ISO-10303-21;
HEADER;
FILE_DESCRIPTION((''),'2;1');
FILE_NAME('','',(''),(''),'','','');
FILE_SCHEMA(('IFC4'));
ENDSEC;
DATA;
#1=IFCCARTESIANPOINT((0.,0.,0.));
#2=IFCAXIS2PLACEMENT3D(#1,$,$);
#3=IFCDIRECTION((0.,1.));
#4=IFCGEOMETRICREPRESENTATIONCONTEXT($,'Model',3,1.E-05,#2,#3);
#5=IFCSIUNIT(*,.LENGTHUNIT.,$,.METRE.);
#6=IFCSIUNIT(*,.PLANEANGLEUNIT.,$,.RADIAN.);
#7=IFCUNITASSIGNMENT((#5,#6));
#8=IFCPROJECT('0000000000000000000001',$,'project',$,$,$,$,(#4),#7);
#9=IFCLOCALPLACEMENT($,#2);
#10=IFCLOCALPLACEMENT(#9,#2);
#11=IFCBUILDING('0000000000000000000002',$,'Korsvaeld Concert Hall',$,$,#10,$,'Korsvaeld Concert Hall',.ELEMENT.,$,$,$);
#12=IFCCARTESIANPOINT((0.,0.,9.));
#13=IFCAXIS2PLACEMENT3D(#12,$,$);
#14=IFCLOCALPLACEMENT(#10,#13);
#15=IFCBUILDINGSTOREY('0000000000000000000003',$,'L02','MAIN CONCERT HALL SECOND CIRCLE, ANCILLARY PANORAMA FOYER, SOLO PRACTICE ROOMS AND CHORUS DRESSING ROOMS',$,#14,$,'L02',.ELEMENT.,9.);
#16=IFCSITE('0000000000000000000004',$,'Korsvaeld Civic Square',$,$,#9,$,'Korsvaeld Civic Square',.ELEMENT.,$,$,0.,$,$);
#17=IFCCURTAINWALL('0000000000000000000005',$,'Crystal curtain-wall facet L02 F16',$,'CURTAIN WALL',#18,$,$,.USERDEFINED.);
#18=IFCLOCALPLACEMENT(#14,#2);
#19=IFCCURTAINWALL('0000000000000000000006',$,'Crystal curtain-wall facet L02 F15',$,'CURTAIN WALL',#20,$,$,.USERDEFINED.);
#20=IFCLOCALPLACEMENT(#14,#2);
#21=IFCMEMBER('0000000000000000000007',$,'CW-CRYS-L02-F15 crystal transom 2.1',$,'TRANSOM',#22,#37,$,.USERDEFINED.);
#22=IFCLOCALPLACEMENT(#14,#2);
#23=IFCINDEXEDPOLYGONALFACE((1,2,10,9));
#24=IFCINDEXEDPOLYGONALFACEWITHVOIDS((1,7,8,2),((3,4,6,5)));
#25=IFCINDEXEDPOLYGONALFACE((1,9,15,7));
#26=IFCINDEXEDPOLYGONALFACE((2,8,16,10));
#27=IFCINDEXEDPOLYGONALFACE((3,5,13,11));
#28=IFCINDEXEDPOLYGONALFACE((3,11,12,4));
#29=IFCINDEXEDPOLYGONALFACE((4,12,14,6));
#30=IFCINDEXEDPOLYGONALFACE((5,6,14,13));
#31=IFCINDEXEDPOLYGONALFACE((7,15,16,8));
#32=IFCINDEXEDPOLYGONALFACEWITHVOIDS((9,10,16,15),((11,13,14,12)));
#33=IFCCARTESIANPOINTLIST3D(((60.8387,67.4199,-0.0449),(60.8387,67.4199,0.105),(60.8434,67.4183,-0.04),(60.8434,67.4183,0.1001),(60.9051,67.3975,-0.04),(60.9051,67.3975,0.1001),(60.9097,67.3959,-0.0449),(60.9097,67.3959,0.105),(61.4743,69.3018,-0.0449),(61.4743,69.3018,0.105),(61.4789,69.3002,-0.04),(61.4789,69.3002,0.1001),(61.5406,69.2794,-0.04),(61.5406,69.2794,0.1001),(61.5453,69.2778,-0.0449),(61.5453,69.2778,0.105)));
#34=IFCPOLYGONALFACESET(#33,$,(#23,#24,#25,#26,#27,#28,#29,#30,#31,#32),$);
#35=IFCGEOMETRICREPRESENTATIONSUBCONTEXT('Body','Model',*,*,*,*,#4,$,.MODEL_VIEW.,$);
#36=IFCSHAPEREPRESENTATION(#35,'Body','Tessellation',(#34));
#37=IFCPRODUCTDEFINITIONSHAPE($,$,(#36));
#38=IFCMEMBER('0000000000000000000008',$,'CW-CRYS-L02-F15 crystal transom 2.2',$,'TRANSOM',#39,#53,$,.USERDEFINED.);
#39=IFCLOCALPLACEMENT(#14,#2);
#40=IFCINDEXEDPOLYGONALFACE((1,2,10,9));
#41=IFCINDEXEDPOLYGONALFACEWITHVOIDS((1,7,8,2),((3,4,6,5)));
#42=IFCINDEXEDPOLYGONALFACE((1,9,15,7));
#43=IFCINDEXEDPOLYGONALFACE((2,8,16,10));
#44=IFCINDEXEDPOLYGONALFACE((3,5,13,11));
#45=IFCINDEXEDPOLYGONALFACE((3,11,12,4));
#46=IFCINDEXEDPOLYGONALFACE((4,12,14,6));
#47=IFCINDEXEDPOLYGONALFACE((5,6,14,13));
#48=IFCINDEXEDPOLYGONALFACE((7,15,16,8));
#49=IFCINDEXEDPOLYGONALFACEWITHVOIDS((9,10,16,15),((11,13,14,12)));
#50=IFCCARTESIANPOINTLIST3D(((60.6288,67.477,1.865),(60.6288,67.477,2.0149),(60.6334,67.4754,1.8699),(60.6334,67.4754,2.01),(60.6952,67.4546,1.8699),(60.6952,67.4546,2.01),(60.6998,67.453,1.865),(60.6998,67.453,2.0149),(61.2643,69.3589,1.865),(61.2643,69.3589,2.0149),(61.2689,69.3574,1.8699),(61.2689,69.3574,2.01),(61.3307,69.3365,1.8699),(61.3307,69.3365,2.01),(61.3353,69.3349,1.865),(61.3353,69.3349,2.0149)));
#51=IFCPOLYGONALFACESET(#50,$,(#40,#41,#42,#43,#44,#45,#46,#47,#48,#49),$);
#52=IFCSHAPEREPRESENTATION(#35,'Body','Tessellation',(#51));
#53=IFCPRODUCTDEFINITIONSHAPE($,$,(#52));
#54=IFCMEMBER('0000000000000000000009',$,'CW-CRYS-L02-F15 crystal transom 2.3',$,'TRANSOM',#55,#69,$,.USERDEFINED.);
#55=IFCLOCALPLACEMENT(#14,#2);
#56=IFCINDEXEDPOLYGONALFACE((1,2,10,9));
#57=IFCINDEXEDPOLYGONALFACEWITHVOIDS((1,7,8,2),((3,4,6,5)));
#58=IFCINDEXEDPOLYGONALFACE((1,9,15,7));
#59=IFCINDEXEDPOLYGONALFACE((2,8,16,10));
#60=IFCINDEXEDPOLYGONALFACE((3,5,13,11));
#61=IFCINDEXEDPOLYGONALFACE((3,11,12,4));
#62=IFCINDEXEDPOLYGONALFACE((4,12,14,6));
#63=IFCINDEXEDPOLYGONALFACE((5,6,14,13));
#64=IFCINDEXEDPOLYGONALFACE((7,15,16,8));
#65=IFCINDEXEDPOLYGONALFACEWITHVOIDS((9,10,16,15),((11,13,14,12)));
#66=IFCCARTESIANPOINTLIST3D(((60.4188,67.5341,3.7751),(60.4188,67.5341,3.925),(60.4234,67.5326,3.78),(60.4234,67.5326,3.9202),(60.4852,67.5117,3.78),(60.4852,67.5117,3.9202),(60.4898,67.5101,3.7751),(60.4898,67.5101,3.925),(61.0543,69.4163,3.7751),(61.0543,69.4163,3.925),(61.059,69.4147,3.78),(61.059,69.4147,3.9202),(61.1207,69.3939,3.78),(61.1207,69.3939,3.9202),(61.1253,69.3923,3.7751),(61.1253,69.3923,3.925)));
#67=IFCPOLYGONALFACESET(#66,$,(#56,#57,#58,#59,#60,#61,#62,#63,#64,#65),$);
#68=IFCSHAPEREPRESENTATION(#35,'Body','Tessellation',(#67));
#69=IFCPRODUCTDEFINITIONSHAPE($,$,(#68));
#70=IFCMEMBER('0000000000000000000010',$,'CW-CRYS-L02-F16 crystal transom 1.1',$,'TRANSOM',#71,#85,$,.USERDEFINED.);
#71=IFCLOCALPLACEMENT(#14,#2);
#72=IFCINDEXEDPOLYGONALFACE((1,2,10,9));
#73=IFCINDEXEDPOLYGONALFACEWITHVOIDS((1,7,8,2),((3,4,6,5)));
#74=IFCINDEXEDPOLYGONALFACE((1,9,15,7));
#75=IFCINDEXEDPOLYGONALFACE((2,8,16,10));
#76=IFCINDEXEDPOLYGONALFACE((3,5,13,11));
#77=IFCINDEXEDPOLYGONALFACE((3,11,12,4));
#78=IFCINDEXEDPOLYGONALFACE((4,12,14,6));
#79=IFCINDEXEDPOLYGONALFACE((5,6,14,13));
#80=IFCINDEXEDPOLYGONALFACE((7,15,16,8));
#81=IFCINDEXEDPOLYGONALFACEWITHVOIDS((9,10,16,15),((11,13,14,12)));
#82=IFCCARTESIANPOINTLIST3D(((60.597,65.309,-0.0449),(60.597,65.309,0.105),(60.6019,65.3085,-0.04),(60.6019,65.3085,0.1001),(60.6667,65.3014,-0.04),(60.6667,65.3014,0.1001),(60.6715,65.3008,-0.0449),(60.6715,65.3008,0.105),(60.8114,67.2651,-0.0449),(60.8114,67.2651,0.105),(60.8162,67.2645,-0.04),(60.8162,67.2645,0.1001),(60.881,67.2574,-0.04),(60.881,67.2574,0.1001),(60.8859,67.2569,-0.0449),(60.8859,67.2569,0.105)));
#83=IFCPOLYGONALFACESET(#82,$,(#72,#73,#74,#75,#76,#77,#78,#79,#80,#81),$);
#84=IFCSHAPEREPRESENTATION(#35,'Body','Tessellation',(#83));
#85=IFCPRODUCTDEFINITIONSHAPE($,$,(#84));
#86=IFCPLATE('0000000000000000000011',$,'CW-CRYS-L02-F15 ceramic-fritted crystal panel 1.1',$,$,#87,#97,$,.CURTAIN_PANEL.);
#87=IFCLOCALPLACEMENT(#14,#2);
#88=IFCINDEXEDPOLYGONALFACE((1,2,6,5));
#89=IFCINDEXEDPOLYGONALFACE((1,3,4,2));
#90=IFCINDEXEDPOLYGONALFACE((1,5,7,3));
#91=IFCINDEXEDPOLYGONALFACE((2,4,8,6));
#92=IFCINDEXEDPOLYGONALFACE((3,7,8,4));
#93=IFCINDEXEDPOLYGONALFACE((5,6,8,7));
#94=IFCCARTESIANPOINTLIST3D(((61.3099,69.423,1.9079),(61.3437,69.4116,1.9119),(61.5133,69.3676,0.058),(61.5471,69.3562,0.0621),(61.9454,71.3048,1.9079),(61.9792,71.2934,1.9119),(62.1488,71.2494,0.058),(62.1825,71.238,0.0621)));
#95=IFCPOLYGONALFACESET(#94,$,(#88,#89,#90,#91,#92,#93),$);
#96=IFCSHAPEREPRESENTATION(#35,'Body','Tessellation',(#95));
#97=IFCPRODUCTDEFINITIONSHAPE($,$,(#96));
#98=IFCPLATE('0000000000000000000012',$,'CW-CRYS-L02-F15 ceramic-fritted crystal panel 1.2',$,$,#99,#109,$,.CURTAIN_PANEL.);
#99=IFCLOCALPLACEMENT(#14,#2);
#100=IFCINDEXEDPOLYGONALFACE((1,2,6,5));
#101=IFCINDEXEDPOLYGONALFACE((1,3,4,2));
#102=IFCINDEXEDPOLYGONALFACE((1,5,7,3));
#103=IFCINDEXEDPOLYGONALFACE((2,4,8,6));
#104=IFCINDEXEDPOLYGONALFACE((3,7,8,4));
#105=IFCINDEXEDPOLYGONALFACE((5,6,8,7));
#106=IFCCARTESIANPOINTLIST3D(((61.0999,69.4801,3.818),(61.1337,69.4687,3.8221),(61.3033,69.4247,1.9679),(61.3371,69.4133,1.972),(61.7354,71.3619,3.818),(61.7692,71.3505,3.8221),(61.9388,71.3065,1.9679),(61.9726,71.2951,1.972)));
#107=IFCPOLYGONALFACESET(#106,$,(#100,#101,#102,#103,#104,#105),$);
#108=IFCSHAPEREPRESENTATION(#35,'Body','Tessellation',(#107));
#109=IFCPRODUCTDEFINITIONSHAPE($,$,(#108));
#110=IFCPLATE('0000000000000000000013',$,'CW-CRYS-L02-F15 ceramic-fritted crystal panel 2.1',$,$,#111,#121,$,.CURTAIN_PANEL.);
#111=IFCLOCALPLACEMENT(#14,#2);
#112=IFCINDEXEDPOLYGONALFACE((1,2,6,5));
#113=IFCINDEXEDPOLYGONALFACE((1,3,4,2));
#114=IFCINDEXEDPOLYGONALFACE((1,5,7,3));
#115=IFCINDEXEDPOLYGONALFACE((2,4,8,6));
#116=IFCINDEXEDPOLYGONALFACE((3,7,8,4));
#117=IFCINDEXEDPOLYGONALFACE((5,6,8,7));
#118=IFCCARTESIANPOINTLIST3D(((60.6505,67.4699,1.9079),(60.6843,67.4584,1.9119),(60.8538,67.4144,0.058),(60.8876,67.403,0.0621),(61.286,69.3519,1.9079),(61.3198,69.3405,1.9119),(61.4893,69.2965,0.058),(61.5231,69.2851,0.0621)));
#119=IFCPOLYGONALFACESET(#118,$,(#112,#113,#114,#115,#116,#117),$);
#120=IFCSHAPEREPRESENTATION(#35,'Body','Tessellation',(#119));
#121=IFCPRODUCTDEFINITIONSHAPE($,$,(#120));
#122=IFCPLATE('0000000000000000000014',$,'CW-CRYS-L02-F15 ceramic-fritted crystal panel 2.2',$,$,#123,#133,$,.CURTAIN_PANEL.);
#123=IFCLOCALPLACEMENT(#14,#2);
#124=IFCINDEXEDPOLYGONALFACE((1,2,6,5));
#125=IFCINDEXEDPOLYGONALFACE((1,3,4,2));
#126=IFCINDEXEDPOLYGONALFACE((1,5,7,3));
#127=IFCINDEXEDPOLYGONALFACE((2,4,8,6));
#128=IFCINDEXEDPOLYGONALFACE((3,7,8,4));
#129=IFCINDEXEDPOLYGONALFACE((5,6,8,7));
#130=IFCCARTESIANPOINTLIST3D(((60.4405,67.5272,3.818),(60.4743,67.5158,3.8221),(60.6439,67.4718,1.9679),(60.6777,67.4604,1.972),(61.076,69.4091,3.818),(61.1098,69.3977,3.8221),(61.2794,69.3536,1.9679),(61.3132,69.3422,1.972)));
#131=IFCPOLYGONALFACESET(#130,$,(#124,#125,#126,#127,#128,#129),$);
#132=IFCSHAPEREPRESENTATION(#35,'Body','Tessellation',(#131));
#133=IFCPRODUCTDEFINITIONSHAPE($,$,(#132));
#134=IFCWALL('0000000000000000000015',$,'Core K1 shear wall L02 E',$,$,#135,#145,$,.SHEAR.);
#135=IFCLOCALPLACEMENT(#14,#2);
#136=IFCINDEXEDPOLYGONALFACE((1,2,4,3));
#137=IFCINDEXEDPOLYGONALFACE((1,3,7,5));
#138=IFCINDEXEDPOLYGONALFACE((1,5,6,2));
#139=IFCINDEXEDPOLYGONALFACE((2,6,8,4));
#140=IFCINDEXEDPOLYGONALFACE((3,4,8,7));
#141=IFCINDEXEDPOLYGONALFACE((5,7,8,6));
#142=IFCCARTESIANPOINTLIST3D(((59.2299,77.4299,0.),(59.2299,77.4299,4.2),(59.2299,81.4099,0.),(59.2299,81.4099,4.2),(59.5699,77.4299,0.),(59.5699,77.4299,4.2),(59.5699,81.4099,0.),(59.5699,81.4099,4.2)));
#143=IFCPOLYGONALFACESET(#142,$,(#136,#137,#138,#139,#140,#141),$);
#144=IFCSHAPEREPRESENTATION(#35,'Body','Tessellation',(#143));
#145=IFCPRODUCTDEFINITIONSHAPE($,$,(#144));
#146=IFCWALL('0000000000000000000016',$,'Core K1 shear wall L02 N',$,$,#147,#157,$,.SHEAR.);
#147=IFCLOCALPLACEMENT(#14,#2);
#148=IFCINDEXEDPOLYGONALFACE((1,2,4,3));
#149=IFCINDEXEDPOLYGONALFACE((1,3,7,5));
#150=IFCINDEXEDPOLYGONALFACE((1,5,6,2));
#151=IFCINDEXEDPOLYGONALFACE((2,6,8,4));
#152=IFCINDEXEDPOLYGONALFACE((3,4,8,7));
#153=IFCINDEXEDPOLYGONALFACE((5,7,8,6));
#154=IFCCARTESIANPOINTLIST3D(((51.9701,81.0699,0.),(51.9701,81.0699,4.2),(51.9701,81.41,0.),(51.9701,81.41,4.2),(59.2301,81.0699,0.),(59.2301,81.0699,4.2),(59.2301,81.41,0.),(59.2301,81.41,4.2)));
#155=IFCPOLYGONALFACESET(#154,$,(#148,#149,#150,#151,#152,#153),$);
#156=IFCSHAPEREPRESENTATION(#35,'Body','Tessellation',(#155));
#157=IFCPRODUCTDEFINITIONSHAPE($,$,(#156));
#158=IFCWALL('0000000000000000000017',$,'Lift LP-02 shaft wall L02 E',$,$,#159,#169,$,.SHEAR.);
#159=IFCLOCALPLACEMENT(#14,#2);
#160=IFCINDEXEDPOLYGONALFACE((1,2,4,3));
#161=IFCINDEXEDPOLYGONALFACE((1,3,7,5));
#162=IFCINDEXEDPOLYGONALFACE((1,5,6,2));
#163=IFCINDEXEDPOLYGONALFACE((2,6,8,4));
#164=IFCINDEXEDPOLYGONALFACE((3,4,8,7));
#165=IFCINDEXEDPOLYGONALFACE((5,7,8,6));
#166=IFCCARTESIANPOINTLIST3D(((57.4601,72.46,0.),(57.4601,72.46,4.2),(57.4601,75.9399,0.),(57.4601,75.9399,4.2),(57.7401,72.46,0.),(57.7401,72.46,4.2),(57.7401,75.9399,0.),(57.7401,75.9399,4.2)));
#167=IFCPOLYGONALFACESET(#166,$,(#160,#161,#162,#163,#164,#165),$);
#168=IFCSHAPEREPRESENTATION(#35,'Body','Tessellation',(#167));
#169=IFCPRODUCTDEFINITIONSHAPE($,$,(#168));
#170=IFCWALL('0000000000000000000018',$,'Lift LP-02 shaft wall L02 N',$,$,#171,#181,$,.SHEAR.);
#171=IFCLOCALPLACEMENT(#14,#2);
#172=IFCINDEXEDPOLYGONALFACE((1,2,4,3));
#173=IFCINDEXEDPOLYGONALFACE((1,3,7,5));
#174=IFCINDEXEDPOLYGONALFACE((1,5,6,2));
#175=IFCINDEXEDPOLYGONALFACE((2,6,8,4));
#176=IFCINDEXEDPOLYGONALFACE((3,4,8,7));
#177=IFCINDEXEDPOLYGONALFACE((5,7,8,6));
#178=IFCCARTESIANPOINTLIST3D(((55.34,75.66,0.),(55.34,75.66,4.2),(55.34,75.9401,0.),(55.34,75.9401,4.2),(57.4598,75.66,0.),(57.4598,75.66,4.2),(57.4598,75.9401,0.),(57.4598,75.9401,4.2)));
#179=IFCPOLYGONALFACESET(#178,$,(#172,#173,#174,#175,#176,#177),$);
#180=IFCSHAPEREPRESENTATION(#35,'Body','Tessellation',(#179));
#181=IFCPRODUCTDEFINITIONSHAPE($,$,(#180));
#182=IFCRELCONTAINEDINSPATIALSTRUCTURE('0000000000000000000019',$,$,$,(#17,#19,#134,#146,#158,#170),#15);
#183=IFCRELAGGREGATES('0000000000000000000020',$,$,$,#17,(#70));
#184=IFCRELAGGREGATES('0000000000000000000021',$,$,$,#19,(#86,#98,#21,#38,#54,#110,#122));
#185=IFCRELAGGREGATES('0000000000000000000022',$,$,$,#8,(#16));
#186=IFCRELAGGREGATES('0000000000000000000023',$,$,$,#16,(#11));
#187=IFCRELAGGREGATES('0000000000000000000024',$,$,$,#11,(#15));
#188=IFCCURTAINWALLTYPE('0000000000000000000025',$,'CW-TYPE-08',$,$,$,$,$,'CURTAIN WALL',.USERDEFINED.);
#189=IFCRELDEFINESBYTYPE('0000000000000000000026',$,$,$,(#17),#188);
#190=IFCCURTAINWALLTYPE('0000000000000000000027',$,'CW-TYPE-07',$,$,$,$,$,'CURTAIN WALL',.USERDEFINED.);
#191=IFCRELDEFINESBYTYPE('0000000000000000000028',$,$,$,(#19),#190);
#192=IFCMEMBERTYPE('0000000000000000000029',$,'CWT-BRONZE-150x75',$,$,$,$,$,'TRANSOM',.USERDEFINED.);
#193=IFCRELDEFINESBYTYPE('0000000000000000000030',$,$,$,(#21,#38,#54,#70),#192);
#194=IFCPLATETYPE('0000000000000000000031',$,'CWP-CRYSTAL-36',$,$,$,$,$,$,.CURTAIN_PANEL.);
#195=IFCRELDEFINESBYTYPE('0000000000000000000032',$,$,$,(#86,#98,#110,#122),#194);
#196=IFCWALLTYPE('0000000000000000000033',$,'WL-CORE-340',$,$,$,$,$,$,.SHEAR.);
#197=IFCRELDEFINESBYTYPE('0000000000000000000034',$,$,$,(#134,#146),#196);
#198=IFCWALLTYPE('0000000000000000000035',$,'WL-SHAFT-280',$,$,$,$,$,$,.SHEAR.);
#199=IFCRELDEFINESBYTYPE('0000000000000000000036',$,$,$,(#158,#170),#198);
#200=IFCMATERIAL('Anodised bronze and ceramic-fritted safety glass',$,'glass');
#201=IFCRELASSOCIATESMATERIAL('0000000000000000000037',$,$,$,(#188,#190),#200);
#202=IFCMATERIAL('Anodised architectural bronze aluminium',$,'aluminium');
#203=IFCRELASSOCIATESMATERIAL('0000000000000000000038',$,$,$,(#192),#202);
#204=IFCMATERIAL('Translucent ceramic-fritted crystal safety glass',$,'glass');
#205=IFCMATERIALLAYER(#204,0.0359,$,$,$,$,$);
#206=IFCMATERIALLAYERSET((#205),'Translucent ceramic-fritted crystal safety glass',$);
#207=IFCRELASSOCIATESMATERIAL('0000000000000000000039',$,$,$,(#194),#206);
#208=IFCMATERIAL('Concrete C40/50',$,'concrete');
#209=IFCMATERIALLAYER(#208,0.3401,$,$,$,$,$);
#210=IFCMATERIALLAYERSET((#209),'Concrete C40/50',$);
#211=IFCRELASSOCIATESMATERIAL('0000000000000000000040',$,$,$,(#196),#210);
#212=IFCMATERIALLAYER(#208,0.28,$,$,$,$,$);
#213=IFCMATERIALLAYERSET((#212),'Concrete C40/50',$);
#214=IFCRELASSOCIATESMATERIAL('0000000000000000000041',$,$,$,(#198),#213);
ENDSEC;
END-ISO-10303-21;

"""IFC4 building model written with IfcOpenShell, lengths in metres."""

from ifc_helpers import new_model, si_unit, direction, frame, frame_2d, origin, origin_2d, place, context, subcontext, project, spatial, polyline, rectangle, hollow_rectangle, outline, extrude, material, layer, layer_set, material_profile, profile_set, type_object, element, aggregate, save


model = new_model("IFC4")

# Units and contexts
model_context = context("Model", 3, precision=1e-05, world=origin(), true_north=direction((0.0, 1.0)))
body_context = subcontext(model_context, "Body", "Model", "MODEL_VIEW")
ifc_project = project(units=[si_unit("LENGTHUNIT", "METRE"), si_unit("PLANEANGLEUNIT", "RADIAN")], contexts=[model_context])

# Site, building, storey
site_placement = place(None, origin())
site = spatial("IfcSite", under=ifc_project, at=site_placement, Name="Korsvaeld Civic Square", LongName="Korsvaeld Civic Square", CompositionType="ELEMENT", RefElevation=0.0)
building_placement = place(site_placement, origin())
building = spatial("IfcBuilding", under=site, at=building_placement, Name="Korsvaeld Concert Hall", LongName="Korsvaeld Concert Hall", CompositionType="ELEMENT")
storey_placement = place(building_placement, frame((0.0, 0.0, 9.0)))
storey = spatial("IfcBuildingStorey", under=building, at=storey_placement, Name="L02", Description="MAIN CONCERT HALL SECOND CIRCLE, ANCILLARY PANORAMA FOYER, SOLO PRACTICE ROOMS AND CHORUS DRESSING ROOMS", LongName="L02", CompositionType="ELEMENT", Elevation=9.0)

# Shared definitions
ifc_material_1 = material(Name="Concrete C40/50", Category="concrete")

# Curtain wall
ifc_material_2 = material(Name="Anodised bronze and ceramic-fritted safety glass", Category="glass")
ifc_material_3 = material(Name="Anodised architectural bronze aluminium", Category="aluminium")
curtain_wall_type_1 = type_object("IfcCurtainWallType", Name="CW-TYPE-08", ElementType="CURTAIN WALL", PredefinedType="USERDEFINED", material=ifc_material_2)
curtain_wall_1_placement = place(storey_placement, origin())
curtain_wall_1 = element("IfcCurtainWall", 1, at=curtain_wall_1_placement, inside=storey, type_object=curtain_wall_type_1, Name="Crystal curtain-wall facet L02 F16", ObjectType="CURTAIN WALL", PredefinedType="USERDEFINED")

# Curtain wall, members
curtain_wall_type_2 = type_object("IfcCurtainWallType", Name="CW-TYPE-07", ElementType="CURTAIN WALL", PredefinedType="USERDEFINED", material=ifc_material_2)
curtain_wall_2_placement = place(storey_placement, origin())
curtain_wall_2 = element("IfcCurtainWall", 2, at=curtain_wall_2_placement, inside=storey, type_object=curtain_wall_type_2, Name="Crystal curtain-wall facet L02 F15", ObjectType="CURTAIN WALL", PredefinedType="USERDEFINED")
ifc_material_profile_1 = material_profile(ifc_material_3, hollow_rectangle(XDim=0.075, YDim=0.1499, WallThickness=0.0049, at=origin_2d()), Name="CWT 150x75x5")
ifc_profile_set_1 = profile_set([ifc_material_profile_1], Name="Anodised architectural bronze aluminium")
member_type_1 = type_object("IfcMemberType", Name="CWT-BRONZE-150x75", ElementType="TRANSOM", PredefinedType="USERDEFINED", material=ifc_profile_set_1)
member_1_placement = place(storey_placement, frame((61.5098, 69.2898, 0.03), z_axis=(-0.31995, -0.947435, 0.0), x_axis=(0.947435, -0.31995, 0.0)))
member_1 = element("IfcMember", 3, at=member_1_placement, type_object=member_type_1, Name="CW-CRYS-L02-F15 crystal transom 2.1", ObjectType="TRANSOM", PredefinedType="USERDEFINED", context=body_context, shape_type="SweptSolid", body=[
    extrude(hollow_rectangle(XDim=0.075, YDim=0.1499, WallThickness=0.0049, at=origin_2d()), origin(), (0.0, 0.0, 1.0), 1.9863),
])
member_2_placement = place(storey_placement, frame((61.2998, 69.3469, 1.9399), z_axis=(-0.31995, -0.947435, 0.0), x_axis=(0.947435, -0.31995, 0.0)))
member_2 = element("IfcMember", 4, at=member_2_placement, type_object=member_type_1, Name="CW-CRYS-L02-F15 crystal transom 2.2", ObjectType="TRANSOM", PredefinedType="USERDEFINED", context=body_context, shape_type="SweptSolid", body=[
    extrude(hollow_rectangle(XDim=0.075, YDim=0.1499, WallThickness=0.0049, at=origin_2d()), origin(), (0.0, 0.0, 1.0), 1.9863),
])
member_3_placement = place(storey_placement, frame((61.0898, 69.4043, 3.8501), z_axis=(-0.319912, -0.947447, 0.0), x_axis=(0.947447, -0.319912, 0.0)))
member_3 = element("IfcMember", 5, at=member_3_placement, type_object=member_type_1, Name="CW-CRYS-L02-F15 crystal transom 2.3", ObjectType="TRANSOM", PredefinedType="USERDEFINED", context=body_context, shape_type="SweptSolid", body=[
    extrude(hollow_rectangle(XDim=0.075, YDim=0.1499, WallThickness=0.0049, at=origin_2d()), origin(), (0.0, 0.0, 1.0), 1.9866),
])

# Member
member_4_placement = place(storey_placement, frame((60.8486, 67.261, 0.03), z_axis=(-0.108933, -0.994049, 0.0), x_axis=(0.994049, -0.108933, 0.0)))
member_4 = element("IfcMember", 6, at=member_4_placement, type_object=member_type_1, Name="CW-CRYS-L02-F16 crystal transom 1.1", ObjectType="TRANSOM", PredefinedType="USERDEFINED", context=body_context, shape_type="SweptSolid", body=[
    extrude(hollow_rectangle(XDim=0.075, YDim=0.1499, WallThickness=0.0049, at=origin_2d()), origin(), (0.0, 0.0, 1.0), 1.9678),
])
aggregate(curtain_wall_1, [member_4])

# Plates
ifc_material_4 = material(Name="Translucent ceramic-fritted crystal safety glass", Category="glass")
ifc_layer_1 = layer(ifc_material_4, 0.0359)
ifc_layer_set_1 = layer_set([ifc_layer_1], Name="Translucent ceramic-fritted crystal safety glass")
plate_type = type_object("IfcPlateType", Name="CWP-CRYSTAL-36", PredefinedType="CURTAIN_PANEL", material=ifc_layer_set_1)
plate_1_placement = place(storey_placement, frame((62.1658, 71.2437, 0.0601), z_axis=(-0.941365, 0.3179, -0.113016), x_axis=(-0.31995, -0.947435, 0.0)))
plate_1 = element("IfcPlate", 7, at=plate_1_placement, type_object=plate_type, Name="CW-CRYS-L02-F15 ceramic-fritted crystal panel 1.1", PredefinedType="CURTAIN_PANEL", context=body_context, shape_type="SweptSolid", body=[
    extrude(outline(polyline([(0.0, 0.0), (1.9862, 0.0), (1.9988, 1.8618), (0.0126, 1.8618), (0.0, 0.0)])), frame((0.0, 0.0, 0.0181)), (0.0, 0.0, -1.0), 0.0359),
])
plate_2_placement = place(storey_placement, frame((61.9558, 71.3008, 1.97), z_axis=(-0.941366, 0.3179, -0.113001), x_axis=(-0.31995, -0.947435, 0.0)))
plate_2 = element("IfcPlate", 8, at=plate_2_placement, type_object=plate_type, Name="CW-CRYS-L02-F15 ceramic-fritted crystal panel 1.2", PredefinedType="CURTAIN_PANEL", context=body_context, shape_type="SweptSolid", body=[
    extrude(outline(polyline([(0.0, 0.0), (1.9862, 0.0), (1.9988, 1.862), (0.0126, 1.862), (0.0, 0.0)])), frame((0.0, 0.0, 0.0181)), (0.0, 0.0, -1.0), 0.0359),
])
plate_3_placement = place(storey_placement, frame((61.5063, 69.2908, 0.0601), z_axis=(-0.941377, 0.317863, -0.113016), x_axis=(-0.319912, -0.947447, 0.0)))
plate_3 = element("IfcPlate", 9, at=plate_3_placement, type_object=plate_type, Name="CW-CRYS-L02-F15 ceramic-fritted crystal panel 2.1", PredefinedType="CURTAIN_PANEL", context=body_context, shape_type="SweptSolid", body=[
    extrude(outline(polyline([(0.0, 0.0), (1.9865, 0.0), (1.999, 1.8618), (0.0126, 1.8618), (0.0, 0.0)])), frame((0.0, 0.0, 0.0181)), (0.0, 0.0, -1.0), 0.0359),
])
plate_4_placement = place(storey_placement, frame((61.2964, 69.3479, 1.97), z_axis=(-0.941366, 0.3179, -0.113001), x_axis=(-0.31995, -0.947435, 0.0)))
plate_4 = element("IfcPlate", 10, at=plate_4_placement, type_object=plate_type, Name="CW-CRYS-L02-F15 ceramic-fritted crystal panel 2.2", PredefinedType="CURTAIN_PANEL", context=body_context, shape_type="SweptSolid", body=[
    extrude(outline(polyline([(0.0, 0.0), (1.9862, 0.0), (1.9988, 1.862), (0.0126, 1.862), (0.0, 0.0)])), frame((0.0, 0.0, 0.0181)), (0.0, 0.0, -1.0), 0.0359),
])
aggregate(curtain_wall_2, [plate_1, plate_2, member_1, member_2, member_3, plate_3, plate_4])

# Walls
ifc_layer_2 = layer(ifc_material_1, 0.3401)
ifc_layer_set_2 = layer_set([ifc_layer_2], Name="Concrete C40/50")
wall_type_1 = type_object("IfcWallType", Name="WL-CORE-340", PredefinedType="SHEAR", material=ifc_layer_set_2)
wall_1_placement = place(storey_placement, frame((59.3999, 77.4299, 0.0), z_axis=(0.0, 0.0, 1.0), x_axis=(0.0, 1.0, 0.0)))
element("IfcWall", 11, at=wall_1_placement, inside=storey, type_object=wall_type_1, Name="Core K1 shear wall L02 E", PredefinedType="SHEAR", context=body_context, shape_type="SweptSolid", body=[
    extrude(rectangle(XDim=3.98, YDim=0.3401, at=frame_2d((1.99, 0.0))), origin(), (0.0, 0.0, 1.0), 4.2),
])
wall_2_placement = place(storey_placement, frame((59.23, 81.24, 0.0), z_axis=(0.0, 0.0, 1.0), x_axis=(-1.0, 0.0, 0.0)))
element("IfcWall", 12, at=wall_2_placement, inside=storey, type_object=wall_type_1, Name="Core K1 shear wall L02 N", PredefinedType="SHEAR", context=body_context, shape_type="SweptSolid", body=[
    extrude(rectangle(XDim=7.26, YDim=0.3401, at=frame_2d((3.6299, 0.0))), origin(), (0.0, 0.0, 1.0), 4.2),
])
ifc_layer_3 = layer(ifc_material_1, 0.28)
ifc_layer_set_3 = layer_set([ifc_layer_3], Name="Concrete C40/50")
wall_type_2 = type_object("IfcWallType", Name="WL-SHAFT-280", PredefinedType="SHEAR", material=ifc_layer_set_3)
wall_3_placement = place(storey_placement, frame((57.6001, 72.46, 0.0), z_axis=(0.0, 0.0, 1.0), x_axis=(0.0, 1.0, 0.0)))
element("IfcWall", 13, at=wall_3_placement, inside=storey, type_object=wall_type_2, Name="Lift LP-02 shaft wall L02 E", PredefinedType="SHEAR", context=body_context, shape_type="SweptSolid", body=[
    extrude(rectangle(XDim=3.48, YDim=0.28, at=frame_2d((1.74, 0.0))), origin(), (0.0, 0.0, 1.0), 4.2),
])
wall_4_placement = place(storey_placement, frame((57.46, 75.8, 0.0), z_axis=(0.0, 0.0, 1.0), x_axis=(-1.0, 0.0, 0.0)))
element("IfcWall", 14, at=wall_4_placement, inside=storey, type_object=wall_type_2, Name="Lift LP-02 shaft wall L02 N", PredefinedType="SHEAR", context=body_context, shape_type="SweptSolid", body=[
    extrude(rectangle(XDim=2.1199, YDim=0.28, at=frame_2d((1.0601, 0.0))), origin(), (0.0, 0.0, 1.0), 4.2),
])

save(model, "model.ifc")
